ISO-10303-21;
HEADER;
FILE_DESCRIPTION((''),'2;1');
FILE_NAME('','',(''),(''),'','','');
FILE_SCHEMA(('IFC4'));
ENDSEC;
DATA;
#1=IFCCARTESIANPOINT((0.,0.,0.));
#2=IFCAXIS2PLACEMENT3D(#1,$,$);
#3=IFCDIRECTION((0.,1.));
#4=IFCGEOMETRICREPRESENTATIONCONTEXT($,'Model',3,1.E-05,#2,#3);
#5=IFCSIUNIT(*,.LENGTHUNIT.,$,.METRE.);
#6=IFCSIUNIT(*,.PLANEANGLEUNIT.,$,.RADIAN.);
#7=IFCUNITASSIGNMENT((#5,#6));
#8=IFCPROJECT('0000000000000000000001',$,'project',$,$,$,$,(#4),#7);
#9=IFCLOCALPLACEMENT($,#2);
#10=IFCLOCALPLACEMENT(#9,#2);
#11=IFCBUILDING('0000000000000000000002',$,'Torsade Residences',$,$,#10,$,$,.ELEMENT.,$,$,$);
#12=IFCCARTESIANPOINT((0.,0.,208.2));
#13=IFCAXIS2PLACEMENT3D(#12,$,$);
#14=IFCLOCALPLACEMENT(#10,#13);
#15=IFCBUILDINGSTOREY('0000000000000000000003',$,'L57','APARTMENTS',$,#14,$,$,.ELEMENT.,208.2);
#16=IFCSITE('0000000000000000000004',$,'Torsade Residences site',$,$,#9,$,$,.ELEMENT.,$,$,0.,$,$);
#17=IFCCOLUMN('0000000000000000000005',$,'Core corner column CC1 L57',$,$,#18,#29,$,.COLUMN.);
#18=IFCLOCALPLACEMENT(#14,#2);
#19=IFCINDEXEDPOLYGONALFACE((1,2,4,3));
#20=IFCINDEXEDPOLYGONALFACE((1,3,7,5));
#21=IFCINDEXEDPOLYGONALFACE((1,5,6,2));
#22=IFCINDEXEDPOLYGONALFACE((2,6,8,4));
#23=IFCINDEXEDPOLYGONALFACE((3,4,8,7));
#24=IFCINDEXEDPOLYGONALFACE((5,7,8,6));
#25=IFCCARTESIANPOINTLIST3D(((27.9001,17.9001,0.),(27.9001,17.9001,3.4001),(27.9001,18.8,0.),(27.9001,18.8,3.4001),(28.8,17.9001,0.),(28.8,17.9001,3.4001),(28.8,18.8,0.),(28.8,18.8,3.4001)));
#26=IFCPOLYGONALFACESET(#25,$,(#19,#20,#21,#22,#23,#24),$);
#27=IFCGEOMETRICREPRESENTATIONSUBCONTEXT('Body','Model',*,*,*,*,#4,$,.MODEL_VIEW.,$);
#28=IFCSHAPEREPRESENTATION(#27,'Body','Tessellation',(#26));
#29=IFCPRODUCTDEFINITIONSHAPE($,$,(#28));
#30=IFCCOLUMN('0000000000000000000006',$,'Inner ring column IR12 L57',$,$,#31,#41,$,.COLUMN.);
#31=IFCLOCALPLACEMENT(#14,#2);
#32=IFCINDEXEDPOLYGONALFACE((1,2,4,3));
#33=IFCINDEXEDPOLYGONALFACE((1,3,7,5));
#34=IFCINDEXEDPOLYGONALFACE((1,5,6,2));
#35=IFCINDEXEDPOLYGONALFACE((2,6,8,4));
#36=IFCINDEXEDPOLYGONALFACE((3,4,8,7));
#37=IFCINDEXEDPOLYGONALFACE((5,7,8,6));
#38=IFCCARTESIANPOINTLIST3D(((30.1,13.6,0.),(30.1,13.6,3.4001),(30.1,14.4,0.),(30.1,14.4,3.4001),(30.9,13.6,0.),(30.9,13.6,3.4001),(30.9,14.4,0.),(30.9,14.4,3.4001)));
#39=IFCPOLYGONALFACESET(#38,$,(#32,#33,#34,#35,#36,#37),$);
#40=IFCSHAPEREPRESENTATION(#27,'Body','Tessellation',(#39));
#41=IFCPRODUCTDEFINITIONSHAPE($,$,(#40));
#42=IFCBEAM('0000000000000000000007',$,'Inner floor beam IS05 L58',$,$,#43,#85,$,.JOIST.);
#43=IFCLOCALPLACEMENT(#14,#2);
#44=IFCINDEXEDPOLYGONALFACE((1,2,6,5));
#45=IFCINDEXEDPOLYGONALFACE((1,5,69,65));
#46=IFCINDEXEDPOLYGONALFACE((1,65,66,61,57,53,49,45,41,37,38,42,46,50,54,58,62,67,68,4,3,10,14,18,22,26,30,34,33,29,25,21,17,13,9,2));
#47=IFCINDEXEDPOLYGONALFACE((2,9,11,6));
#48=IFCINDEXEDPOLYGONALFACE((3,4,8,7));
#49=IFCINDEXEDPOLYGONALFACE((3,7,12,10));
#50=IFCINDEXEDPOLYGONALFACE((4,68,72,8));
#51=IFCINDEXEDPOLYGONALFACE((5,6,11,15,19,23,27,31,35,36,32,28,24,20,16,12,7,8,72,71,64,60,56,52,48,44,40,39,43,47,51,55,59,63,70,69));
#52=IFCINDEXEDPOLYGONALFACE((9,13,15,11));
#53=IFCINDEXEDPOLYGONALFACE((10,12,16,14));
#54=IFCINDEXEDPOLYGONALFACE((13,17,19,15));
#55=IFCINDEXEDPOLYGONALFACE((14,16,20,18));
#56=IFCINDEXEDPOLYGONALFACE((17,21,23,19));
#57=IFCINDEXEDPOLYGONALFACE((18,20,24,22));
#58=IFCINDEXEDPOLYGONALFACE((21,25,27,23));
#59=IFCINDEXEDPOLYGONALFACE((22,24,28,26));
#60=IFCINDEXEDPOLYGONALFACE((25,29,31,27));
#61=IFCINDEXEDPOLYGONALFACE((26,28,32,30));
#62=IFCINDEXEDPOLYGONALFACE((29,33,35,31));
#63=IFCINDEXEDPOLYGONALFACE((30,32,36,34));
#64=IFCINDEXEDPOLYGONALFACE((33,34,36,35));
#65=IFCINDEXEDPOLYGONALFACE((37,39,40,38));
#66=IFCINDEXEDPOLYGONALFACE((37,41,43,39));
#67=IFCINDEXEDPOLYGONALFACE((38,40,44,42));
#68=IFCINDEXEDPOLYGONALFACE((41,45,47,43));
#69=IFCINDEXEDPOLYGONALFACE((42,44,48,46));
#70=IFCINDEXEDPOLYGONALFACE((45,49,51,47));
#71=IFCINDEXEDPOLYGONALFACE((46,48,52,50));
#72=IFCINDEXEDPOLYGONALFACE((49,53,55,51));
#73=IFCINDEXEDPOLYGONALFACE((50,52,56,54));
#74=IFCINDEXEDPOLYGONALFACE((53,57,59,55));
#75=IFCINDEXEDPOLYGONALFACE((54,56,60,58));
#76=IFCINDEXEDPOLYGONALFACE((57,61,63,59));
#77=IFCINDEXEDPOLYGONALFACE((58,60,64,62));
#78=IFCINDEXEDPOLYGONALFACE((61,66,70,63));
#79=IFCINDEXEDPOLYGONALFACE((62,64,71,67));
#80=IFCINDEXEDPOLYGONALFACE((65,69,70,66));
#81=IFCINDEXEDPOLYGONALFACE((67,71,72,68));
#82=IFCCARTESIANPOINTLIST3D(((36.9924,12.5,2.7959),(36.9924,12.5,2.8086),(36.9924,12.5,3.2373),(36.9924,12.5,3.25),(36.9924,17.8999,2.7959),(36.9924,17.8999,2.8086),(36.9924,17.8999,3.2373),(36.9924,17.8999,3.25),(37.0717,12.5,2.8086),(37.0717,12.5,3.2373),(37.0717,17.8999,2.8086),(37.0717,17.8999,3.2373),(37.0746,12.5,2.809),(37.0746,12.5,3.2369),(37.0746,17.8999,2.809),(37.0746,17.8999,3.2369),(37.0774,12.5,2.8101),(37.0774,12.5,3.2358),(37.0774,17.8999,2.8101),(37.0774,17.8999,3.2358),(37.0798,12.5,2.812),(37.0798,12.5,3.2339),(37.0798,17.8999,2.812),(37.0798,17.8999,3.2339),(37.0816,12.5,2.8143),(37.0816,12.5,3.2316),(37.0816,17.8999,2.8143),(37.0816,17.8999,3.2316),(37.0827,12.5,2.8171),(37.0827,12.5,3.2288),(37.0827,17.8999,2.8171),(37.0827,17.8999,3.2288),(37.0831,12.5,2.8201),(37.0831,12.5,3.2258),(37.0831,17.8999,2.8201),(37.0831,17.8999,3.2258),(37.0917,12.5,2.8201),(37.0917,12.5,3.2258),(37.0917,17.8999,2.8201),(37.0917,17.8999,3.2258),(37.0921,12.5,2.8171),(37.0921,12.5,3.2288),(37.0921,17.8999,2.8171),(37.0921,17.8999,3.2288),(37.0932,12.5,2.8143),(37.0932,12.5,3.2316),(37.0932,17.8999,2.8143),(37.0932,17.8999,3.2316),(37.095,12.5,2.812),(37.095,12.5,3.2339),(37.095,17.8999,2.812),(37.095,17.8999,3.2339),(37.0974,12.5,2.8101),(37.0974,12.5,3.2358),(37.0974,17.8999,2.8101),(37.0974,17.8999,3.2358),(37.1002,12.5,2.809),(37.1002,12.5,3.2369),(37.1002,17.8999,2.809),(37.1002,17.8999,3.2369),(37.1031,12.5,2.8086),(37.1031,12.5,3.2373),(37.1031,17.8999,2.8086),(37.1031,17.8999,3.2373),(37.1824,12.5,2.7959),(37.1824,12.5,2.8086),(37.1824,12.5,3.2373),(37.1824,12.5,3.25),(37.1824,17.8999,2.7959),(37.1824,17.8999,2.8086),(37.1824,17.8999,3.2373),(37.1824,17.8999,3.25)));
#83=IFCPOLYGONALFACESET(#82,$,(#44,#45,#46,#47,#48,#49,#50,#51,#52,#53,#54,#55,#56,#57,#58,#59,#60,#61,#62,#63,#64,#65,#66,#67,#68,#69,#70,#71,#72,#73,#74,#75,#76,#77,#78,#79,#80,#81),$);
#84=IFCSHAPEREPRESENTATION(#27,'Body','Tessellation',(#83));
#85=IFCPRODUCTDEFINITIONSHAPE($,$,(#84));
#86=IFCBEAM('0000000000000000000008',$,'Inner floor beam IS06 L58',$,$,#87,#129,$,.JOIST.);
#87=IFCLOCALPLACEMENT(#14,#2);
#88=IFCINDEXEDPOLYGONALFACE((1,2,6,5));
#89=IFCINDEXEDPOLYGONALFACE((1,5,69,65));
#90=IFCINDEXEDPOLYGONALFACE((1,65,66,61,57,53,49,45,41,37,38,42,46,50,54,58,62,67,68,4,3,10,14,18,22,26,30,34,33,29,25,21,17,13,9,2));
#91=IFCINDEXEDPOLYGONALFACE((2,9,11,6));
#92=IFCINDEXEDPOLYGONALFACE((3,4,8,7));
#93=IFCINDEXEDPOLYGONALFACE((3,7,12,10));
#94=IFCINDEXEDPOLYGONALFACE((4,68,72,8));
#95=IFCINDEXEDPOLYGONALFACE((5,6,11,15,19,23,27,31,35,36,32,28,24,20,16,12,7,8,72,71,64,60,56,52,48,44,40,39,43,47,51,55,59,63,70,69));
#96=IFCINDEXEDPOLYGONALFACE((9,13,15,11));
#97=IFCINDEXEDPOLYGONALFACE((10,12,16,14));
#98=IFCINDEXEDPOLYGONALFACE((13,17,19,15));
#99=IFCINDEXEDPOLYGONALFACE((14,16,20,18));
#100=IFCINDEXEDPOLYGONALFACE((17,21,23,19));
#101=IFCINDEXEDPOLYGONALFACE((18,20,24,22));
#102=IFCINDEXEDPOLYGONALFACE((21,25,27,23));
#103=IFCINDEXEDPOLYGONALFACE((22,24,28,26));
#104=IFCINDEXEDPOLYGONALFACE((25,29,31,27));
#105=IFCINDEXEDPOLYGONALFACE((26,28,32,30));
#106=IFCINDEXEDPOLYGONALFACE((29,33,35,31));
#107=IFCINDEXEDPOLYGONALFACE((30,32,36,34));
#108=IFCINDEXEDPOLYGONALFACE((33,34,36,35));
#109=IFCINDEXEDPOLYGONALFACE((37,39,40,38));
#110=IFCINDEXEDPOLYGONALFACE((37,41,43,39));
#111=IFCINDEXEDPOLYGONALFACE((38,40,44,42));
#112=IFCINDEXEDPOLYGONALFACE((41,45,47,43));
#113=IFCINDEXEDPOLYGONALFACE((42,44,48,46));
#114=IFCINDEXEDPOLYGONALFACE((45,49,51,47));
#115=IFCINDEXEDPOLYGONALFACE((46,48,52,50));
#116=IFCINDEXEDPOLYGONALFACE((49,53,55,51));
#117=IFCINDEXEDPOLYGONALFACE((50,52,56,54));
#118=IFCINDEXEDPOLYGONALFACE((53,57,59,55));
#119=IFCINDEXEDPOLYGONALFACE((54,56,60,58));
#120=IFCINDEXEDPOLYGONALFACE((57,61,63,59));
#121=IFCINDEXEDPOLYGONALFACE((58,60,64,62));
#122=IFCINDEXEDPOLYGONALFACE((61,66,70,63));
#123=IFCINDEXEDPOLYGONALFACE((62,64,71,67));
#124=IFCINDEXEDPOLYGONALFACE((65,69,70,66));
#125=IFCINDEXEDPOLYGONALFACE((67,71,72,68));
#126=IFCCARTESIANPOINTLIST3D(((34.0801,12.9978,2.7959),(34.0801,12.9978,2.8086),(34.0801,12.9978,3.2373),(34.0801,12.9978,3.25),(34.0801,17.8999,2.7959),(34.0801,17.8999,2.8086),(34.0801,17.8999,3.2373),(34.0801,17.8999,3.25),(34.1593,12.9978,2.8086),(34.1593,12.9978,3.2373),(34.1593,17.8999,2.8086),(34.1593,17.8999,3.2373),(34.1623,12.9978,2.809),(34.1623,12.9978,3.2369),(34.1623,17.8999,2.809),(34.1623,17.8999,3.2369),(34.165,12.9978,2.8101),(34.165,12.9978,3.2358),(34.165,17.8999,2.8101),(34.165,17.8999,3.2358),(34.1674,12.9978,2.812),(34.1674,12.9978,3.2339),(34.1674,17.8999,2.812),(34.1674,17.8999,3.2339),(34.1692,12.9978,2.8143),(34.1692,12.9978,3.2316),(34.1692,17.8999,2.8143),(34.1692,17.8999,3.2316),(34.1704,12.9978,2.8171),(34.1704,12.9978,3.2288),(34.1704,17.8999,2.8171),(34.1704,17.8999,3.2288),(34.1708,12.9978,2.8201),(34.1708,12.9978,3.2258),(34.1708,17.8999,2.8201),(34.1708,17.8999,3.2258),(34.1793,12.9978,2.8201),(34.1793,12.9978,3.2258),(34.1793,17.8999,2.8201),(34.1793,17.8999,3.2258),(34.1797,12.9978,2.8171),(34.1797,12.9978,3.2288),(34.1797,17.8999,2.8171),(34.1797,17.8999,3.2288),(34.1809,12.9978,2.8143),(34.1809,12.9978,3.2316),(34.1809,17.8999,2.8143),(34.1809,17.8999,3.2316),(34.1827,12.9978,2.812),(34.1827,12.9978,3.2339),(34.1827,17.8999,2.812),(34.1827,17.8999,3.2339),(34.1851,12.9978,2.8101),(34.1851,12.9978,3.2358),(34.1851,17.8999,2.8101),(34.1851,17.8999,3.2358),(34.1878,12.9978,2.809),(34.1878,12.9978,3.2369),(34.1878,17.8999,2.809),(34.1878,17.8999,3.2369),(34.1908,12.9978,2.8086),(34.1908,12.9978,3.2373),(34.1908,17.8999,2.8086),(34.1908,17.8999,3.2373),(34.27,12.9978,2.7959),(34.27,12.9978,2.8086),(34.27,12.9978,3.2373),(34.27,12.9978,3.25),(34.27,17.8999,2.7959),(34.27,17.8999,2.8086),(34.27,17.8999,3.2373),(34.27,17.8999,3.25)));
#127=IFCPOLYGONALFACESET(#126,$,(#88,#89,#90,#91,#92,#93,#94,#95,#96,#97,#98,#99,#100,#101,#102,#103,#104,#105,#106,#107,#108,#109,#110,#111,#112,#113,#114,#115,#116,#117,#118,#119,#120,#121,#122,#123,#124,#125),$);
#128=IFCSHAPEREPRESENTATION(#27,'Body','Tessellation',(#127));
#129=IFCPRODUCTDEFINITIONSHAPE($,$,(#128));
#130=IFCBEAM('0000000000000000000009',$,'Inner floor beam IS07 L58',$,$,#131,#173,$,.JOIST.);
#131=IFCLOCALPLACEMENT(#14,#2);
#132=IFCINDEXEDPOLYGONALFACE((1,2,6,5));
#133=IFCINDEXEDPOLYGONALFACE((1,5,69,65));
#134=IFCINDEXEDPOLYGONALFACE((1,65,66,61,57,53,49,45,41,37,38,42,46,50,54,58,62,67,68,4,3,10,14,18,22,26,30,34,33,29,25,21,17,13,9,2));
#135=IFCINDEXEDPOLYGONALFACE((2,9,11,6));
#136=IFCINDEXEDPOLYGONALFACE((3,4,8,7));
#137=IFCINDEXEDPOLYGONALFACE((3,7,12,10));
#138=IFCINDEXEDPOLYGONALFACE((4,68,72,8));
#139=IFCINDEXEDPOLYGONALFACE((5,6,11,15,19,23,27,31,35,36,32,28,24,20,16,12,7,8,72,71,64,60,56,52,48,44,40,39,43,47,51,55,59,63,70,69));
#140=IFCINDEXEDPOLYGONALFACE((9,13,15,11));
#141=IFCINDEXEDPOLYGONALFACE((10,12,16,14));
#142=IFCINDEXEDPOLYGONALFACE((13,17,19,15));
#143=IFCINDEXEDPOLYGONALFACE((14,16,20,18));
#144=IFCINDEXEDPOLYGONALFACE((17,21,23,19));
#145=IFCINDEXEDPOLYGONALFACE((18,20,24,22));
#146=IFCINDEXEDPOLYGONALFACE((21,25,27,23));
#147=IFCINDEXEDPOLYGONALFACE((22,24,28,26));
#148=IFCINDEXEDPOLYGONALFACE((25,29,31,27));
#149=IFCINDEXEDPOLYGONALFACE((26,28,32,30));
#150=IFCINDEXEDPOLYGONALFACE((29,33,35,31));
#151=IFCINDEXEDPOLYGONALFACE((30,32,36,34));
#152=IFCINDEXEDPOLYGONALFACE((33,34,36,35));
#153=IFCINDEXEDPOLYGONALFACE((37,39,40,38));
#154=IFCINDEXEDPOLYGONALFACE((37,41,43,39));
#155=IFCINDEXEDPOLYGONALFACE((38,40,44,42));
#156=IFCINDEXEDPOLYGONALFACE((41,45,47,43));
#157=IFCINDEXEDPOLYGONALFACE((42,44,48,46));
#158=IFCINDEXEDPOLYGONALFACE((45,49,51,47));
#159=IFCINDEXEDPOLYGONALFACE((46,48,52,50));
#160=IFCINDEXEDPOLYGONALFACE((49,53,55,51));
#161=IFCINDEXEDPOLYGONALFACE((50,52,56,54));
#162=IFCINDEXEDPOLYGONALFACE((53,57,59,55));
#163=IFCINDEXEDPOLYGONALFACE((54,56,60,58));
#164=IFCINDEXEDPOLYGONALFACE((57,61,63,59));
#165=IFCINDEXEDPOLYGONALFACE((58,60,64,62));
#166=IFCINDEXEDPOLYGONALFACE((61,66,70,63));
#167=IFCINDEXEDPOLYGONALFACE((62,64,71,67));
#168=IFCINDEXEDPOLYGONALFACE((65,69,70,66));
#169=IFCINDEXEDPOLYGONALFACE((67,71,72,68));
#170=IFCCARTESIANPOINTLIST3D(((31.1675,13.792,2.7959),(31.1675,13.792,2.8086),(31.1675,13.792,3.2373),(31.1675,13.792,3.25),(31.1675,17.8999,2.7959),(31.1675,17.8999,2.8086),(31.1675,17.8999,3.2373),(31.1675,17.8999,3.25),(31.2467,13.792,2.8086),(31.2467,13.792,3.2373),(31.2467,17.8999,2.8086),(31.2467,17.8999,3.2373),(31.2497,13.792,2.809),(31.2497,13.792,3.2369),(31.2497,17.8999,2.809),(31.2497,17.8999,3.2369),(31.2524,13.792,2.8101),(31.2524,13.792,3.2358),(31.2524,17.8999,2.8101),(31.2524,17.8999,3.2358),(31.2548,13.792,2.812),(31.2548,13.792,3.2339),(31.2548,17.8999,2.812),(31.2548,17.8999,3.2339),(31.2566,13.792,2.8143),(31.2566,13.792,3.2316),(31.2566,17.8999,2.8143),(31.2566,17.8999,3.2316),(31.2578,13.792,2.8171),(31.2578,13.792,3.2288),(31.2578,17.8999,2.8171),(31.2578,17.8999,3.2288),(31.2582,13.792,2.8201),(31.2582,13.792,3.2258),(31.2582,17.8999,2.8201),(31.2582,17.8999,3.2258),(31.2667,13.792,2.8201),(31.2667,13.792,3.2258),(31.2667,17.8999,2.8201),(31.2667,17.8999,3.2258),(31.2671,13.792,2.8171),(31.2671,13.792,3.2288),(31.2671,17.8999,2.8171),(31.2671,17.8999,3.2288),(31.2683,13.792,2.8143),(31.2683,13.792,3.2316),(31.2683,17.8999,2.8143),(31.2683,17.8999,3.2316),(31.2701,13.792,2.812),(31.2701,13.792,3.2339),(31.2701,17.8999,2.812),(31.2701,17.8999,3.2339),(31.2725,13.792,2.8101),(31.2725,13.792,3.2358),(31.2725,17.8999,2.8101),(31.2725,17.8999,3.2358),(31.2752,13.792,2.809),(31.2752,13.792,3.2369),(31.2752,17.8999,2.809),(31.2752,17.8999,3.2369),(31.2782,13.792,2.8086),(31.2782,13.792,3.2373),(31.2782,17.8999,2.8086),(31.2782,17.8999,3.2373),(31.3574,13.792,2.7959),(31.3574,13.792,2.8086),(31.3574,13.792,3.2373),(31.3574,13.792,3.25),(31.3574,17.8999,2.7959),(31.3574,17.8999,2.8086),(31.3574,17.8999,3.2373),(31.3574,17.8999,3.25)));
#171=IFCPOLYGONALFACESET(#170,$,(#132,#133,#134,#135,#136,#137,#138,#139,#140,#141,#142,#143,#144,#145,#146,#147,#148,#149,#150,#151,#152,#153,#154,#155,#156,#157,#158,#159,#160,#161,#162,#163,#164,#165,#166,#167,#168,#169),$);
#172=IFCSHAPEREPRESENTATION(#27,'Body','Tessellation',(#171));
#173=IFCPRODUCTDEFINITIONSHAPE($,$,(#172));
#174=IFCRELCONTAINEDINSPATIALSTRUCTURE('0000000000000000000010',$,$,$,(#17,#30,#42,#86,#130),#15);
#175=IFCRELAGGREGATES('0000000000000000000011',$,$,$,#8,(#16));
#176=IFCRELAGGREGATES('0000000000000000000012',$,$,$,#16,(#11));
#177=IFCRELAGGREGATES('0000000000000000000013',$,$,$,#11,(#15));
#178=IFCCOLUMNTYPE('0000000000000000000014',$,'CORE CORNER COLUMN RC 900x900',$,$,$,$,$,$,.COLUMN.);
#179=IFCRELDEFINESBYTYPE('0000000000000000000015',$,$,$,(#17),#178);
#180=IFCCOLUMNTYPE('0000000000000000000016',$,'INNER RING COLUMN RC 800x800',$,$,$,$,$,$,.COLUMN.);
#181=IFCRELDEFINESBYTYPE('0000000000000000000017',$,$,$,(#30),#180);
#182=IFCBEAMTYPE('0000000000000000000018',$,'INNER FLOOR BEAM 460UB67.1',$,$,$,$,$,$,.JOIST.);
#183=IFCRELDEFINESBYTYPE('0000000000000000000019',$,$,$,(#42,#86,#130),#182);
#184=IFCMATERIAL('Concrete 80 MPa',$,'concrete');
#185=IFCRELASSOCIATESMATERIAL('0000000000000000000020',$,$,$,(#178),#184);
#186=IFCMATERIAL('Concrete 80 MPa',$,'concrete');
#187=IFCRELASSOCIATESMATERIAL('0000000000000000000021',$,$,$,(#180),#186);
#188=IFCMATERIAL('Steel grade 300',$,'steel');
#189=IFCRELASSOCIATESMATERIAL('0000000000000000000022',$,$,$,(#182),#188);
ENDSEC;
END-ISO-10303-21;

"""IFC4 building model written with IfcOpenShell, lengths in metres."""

from ifc_helpers import new_model, si_unit, direction, frame, origin, origin_2d, place, context, subcontext, project, spatial, rectangle, i_section, extrude, material, material_profile, profile_set, type_object, element, save


model = new_model("IFC4")

# Units and contexts
model_context = context("Model", 3, precision=1e-05, world=origin(), true_north=direction((0.0, 1.0)))
body_context = subcontext(model_context, "Body", "Model", "MODEL_VIEW")
ifc_project = project(units=[si_unit("LENGTHUNIT", "METRE"), si_unit("PLANEANGLEUNIT", "RADIAN")], contexts=[model_context])

# Site, building, storey
site_placement = place(None, origin())
site = spatial("IfcSite", under=ifc_project, at=site_placement, Name="Torsade Residences site", CompositionType="ELEMENT", RefElevation=0.0)
building_placement = place(site_placement, origin())
building = spatial("IfcBuilding", under=site, at=building_placement, Name="Torsade Residences", CompositionType="ELEMENT")
storey_placement = place(building_placement, frame((0.0, 0.0, 208.2)))
storey = spatial("IfcBuildingStorey", under=building, at=storey_placement, Name="L57", Description="APARTMENTS", CompositionType="ELEMENT", Elevation=208.2)

# Columns
ifc_material_1 = material(Name="Concrete 80 MPa", Category="concrete")
ifc_material_profile_1 = material_profile(ifc_material_1, rectangle(XDim=0.8999, YDim=0.8999, at=origin_2d()), Name="RC 900x900")
ifc_profile_set_1 = profile_set([ifc_material_profile_1], Name="Concrete 80 MPa")
column_type_1 = type_object("IfcColumnType", Name="CORE CORNER COLUMN RC 900x900", PredefinedType="COLUMN", material=ifc_profile_set_1)
column_1_placement = place(storey_placement, frame((28.3501, 18.3501, 0.0), z_axis=(0.0, 0.0, 1.0), x_axis=(1.0, 0.0, 0.0)))
element("IfcColumn", 1, at=column_1_placement, inside=storey, type_object=column_type_1, Name="Core corner column CC1 L57", PredefinedType="COLUMN", context=body_context, shape_type="SweptSolid", body=[
    extrude(rectangle(XDim=0.8999, YDim=0.8999, at=origin_2d()), origin(), (0.0, 0.0, 1.0), 3.4001),
])
ifc_material_2 = material(Name="Concrete 80 MPa", Category="concrete")
ifc_material_profile_2 = material_profile(ifc_material_2, rectangle(XDim=0.8, YDim=0.8, at=origin_2d()), Name="RC 800x800")
ifc_profile_set_2 = profile_set([ifc_material_profile_2], Name="Concrete 80 MPa")
column_type_2 = type_object("IfcColumnType", Name="INNER RING COLUMN RC 800x800", PredefinedType="COLUMN", material=ifc_profile_set_2)
column_2_placement = place(storey_placement, frame((30.5, 14.0, 0.0), z_axis=(0.0, 0.0, 1.0), x_axis=(1.0, 0.0, 0.0)))
element("IfcColumn", 2, at=column_2_placement, inside=storey, type_object=column_type_2, Name="Inner ring column IR12 L57", PredefinedType="COLUMN", context=body_context, shape_type="SweptSolid", body=[
    extrude(rectangle(XDim=0.8, YDim=0.8, at=origin_2d()), origin(), (0.0, 0.0, 1.0), 3.4001),
])

# Beams
ifc_material_3 = material(Name="Steel grade 300", Category="steel")
ifc_material_profile_3 = material_profile(ifc_material_3, i_section(OverallWidth=0.1899, OverallDepth=0.4541, WebThickness=0.0085, FlangeThickness=0.0127, FilletRadius=0.0115, at=origin_2d()), Name="460UB67.1")
ifc_profile_set_3 = profile_set([ifc_material_profile_3], Name="Steel grade 300")
beam_type_1 = type_object("IfcBeamType", Name="INNER FLOOR BEAM 460UB67.1", PredefinedType="JOIST", material=ifc_profile_set_3)
beam_1_placement = place(storey_placement, frame((37.0874, 17.8999, 3.0229), z_axis=(0.0, -1.0, 0.0), x_axis=(1.0, 0.0, 0.0)))
element("IfcBeam", 3, at=beam_1_placement, inside=storey, type_object=beam_type_1, Name="Inner floor beam IS05 L58", PredefinedType="JOIST", context=body_context, shape_type="SweptSolid", body=[
    extrude(i_section(OverallWidth=0.1899, OverallDepth=0.4541, WebThickness=0.0085, FlangeThickness=0.0127, FilletRadius=0.0115, at=origin_2d()), origin(), (0.0, 0.0, 1.0), 5.3999),
])
beam_2_placement = place(storey_placement, frame((34.175, 17.8999, 3.0229), z_axis=(0.0, -1.0, 0.0), x_axis=(1.0, 0.0, 0.0)))
element("IfcBeam", 4, at=beam_2_placement, inside=storey, type_object=beam_type_1, Name="Inner floor beam IS06 L58", PredefinedType="JOIST", context=body_context, shape_type="SweptSolid", body=[
    extrude(i_section(OverallWidth=0.1899, OverallDepth=0.4541, WebThickness=0.0085, FlangeThickness=0.0127, FilletRadius=0.0115, at=origin_2d()), origin(), (0.0, 0.0, 1.0), 4.9021),
])
beam_3_placement = place(storey_placement, frame((31.2625, 17.8999, 3.0229), z_axis=(0.0, -1.0, 0.0), x_axis=(1.0, 0.0, 0.0)))
element("IfcBeam", 5, at=beam_3_placement, inside=storey, type_object=beam_type_1, Name="Inner floor beam IS07 L58", PredefinedType="JOIST", context=body_context, shape_type="SweptSolid", body=[
    extrude(i_section(OverallWidth=0.1899, OverallDepth=0.4541, WebThickness=0.0085, FlangeThickness=0.0127, FilletRadius=0.0115, at=origin_2d()), origin(), (0.0, 0.0, 1.0), 4.1079),
])

save(model, "model.ifc")
